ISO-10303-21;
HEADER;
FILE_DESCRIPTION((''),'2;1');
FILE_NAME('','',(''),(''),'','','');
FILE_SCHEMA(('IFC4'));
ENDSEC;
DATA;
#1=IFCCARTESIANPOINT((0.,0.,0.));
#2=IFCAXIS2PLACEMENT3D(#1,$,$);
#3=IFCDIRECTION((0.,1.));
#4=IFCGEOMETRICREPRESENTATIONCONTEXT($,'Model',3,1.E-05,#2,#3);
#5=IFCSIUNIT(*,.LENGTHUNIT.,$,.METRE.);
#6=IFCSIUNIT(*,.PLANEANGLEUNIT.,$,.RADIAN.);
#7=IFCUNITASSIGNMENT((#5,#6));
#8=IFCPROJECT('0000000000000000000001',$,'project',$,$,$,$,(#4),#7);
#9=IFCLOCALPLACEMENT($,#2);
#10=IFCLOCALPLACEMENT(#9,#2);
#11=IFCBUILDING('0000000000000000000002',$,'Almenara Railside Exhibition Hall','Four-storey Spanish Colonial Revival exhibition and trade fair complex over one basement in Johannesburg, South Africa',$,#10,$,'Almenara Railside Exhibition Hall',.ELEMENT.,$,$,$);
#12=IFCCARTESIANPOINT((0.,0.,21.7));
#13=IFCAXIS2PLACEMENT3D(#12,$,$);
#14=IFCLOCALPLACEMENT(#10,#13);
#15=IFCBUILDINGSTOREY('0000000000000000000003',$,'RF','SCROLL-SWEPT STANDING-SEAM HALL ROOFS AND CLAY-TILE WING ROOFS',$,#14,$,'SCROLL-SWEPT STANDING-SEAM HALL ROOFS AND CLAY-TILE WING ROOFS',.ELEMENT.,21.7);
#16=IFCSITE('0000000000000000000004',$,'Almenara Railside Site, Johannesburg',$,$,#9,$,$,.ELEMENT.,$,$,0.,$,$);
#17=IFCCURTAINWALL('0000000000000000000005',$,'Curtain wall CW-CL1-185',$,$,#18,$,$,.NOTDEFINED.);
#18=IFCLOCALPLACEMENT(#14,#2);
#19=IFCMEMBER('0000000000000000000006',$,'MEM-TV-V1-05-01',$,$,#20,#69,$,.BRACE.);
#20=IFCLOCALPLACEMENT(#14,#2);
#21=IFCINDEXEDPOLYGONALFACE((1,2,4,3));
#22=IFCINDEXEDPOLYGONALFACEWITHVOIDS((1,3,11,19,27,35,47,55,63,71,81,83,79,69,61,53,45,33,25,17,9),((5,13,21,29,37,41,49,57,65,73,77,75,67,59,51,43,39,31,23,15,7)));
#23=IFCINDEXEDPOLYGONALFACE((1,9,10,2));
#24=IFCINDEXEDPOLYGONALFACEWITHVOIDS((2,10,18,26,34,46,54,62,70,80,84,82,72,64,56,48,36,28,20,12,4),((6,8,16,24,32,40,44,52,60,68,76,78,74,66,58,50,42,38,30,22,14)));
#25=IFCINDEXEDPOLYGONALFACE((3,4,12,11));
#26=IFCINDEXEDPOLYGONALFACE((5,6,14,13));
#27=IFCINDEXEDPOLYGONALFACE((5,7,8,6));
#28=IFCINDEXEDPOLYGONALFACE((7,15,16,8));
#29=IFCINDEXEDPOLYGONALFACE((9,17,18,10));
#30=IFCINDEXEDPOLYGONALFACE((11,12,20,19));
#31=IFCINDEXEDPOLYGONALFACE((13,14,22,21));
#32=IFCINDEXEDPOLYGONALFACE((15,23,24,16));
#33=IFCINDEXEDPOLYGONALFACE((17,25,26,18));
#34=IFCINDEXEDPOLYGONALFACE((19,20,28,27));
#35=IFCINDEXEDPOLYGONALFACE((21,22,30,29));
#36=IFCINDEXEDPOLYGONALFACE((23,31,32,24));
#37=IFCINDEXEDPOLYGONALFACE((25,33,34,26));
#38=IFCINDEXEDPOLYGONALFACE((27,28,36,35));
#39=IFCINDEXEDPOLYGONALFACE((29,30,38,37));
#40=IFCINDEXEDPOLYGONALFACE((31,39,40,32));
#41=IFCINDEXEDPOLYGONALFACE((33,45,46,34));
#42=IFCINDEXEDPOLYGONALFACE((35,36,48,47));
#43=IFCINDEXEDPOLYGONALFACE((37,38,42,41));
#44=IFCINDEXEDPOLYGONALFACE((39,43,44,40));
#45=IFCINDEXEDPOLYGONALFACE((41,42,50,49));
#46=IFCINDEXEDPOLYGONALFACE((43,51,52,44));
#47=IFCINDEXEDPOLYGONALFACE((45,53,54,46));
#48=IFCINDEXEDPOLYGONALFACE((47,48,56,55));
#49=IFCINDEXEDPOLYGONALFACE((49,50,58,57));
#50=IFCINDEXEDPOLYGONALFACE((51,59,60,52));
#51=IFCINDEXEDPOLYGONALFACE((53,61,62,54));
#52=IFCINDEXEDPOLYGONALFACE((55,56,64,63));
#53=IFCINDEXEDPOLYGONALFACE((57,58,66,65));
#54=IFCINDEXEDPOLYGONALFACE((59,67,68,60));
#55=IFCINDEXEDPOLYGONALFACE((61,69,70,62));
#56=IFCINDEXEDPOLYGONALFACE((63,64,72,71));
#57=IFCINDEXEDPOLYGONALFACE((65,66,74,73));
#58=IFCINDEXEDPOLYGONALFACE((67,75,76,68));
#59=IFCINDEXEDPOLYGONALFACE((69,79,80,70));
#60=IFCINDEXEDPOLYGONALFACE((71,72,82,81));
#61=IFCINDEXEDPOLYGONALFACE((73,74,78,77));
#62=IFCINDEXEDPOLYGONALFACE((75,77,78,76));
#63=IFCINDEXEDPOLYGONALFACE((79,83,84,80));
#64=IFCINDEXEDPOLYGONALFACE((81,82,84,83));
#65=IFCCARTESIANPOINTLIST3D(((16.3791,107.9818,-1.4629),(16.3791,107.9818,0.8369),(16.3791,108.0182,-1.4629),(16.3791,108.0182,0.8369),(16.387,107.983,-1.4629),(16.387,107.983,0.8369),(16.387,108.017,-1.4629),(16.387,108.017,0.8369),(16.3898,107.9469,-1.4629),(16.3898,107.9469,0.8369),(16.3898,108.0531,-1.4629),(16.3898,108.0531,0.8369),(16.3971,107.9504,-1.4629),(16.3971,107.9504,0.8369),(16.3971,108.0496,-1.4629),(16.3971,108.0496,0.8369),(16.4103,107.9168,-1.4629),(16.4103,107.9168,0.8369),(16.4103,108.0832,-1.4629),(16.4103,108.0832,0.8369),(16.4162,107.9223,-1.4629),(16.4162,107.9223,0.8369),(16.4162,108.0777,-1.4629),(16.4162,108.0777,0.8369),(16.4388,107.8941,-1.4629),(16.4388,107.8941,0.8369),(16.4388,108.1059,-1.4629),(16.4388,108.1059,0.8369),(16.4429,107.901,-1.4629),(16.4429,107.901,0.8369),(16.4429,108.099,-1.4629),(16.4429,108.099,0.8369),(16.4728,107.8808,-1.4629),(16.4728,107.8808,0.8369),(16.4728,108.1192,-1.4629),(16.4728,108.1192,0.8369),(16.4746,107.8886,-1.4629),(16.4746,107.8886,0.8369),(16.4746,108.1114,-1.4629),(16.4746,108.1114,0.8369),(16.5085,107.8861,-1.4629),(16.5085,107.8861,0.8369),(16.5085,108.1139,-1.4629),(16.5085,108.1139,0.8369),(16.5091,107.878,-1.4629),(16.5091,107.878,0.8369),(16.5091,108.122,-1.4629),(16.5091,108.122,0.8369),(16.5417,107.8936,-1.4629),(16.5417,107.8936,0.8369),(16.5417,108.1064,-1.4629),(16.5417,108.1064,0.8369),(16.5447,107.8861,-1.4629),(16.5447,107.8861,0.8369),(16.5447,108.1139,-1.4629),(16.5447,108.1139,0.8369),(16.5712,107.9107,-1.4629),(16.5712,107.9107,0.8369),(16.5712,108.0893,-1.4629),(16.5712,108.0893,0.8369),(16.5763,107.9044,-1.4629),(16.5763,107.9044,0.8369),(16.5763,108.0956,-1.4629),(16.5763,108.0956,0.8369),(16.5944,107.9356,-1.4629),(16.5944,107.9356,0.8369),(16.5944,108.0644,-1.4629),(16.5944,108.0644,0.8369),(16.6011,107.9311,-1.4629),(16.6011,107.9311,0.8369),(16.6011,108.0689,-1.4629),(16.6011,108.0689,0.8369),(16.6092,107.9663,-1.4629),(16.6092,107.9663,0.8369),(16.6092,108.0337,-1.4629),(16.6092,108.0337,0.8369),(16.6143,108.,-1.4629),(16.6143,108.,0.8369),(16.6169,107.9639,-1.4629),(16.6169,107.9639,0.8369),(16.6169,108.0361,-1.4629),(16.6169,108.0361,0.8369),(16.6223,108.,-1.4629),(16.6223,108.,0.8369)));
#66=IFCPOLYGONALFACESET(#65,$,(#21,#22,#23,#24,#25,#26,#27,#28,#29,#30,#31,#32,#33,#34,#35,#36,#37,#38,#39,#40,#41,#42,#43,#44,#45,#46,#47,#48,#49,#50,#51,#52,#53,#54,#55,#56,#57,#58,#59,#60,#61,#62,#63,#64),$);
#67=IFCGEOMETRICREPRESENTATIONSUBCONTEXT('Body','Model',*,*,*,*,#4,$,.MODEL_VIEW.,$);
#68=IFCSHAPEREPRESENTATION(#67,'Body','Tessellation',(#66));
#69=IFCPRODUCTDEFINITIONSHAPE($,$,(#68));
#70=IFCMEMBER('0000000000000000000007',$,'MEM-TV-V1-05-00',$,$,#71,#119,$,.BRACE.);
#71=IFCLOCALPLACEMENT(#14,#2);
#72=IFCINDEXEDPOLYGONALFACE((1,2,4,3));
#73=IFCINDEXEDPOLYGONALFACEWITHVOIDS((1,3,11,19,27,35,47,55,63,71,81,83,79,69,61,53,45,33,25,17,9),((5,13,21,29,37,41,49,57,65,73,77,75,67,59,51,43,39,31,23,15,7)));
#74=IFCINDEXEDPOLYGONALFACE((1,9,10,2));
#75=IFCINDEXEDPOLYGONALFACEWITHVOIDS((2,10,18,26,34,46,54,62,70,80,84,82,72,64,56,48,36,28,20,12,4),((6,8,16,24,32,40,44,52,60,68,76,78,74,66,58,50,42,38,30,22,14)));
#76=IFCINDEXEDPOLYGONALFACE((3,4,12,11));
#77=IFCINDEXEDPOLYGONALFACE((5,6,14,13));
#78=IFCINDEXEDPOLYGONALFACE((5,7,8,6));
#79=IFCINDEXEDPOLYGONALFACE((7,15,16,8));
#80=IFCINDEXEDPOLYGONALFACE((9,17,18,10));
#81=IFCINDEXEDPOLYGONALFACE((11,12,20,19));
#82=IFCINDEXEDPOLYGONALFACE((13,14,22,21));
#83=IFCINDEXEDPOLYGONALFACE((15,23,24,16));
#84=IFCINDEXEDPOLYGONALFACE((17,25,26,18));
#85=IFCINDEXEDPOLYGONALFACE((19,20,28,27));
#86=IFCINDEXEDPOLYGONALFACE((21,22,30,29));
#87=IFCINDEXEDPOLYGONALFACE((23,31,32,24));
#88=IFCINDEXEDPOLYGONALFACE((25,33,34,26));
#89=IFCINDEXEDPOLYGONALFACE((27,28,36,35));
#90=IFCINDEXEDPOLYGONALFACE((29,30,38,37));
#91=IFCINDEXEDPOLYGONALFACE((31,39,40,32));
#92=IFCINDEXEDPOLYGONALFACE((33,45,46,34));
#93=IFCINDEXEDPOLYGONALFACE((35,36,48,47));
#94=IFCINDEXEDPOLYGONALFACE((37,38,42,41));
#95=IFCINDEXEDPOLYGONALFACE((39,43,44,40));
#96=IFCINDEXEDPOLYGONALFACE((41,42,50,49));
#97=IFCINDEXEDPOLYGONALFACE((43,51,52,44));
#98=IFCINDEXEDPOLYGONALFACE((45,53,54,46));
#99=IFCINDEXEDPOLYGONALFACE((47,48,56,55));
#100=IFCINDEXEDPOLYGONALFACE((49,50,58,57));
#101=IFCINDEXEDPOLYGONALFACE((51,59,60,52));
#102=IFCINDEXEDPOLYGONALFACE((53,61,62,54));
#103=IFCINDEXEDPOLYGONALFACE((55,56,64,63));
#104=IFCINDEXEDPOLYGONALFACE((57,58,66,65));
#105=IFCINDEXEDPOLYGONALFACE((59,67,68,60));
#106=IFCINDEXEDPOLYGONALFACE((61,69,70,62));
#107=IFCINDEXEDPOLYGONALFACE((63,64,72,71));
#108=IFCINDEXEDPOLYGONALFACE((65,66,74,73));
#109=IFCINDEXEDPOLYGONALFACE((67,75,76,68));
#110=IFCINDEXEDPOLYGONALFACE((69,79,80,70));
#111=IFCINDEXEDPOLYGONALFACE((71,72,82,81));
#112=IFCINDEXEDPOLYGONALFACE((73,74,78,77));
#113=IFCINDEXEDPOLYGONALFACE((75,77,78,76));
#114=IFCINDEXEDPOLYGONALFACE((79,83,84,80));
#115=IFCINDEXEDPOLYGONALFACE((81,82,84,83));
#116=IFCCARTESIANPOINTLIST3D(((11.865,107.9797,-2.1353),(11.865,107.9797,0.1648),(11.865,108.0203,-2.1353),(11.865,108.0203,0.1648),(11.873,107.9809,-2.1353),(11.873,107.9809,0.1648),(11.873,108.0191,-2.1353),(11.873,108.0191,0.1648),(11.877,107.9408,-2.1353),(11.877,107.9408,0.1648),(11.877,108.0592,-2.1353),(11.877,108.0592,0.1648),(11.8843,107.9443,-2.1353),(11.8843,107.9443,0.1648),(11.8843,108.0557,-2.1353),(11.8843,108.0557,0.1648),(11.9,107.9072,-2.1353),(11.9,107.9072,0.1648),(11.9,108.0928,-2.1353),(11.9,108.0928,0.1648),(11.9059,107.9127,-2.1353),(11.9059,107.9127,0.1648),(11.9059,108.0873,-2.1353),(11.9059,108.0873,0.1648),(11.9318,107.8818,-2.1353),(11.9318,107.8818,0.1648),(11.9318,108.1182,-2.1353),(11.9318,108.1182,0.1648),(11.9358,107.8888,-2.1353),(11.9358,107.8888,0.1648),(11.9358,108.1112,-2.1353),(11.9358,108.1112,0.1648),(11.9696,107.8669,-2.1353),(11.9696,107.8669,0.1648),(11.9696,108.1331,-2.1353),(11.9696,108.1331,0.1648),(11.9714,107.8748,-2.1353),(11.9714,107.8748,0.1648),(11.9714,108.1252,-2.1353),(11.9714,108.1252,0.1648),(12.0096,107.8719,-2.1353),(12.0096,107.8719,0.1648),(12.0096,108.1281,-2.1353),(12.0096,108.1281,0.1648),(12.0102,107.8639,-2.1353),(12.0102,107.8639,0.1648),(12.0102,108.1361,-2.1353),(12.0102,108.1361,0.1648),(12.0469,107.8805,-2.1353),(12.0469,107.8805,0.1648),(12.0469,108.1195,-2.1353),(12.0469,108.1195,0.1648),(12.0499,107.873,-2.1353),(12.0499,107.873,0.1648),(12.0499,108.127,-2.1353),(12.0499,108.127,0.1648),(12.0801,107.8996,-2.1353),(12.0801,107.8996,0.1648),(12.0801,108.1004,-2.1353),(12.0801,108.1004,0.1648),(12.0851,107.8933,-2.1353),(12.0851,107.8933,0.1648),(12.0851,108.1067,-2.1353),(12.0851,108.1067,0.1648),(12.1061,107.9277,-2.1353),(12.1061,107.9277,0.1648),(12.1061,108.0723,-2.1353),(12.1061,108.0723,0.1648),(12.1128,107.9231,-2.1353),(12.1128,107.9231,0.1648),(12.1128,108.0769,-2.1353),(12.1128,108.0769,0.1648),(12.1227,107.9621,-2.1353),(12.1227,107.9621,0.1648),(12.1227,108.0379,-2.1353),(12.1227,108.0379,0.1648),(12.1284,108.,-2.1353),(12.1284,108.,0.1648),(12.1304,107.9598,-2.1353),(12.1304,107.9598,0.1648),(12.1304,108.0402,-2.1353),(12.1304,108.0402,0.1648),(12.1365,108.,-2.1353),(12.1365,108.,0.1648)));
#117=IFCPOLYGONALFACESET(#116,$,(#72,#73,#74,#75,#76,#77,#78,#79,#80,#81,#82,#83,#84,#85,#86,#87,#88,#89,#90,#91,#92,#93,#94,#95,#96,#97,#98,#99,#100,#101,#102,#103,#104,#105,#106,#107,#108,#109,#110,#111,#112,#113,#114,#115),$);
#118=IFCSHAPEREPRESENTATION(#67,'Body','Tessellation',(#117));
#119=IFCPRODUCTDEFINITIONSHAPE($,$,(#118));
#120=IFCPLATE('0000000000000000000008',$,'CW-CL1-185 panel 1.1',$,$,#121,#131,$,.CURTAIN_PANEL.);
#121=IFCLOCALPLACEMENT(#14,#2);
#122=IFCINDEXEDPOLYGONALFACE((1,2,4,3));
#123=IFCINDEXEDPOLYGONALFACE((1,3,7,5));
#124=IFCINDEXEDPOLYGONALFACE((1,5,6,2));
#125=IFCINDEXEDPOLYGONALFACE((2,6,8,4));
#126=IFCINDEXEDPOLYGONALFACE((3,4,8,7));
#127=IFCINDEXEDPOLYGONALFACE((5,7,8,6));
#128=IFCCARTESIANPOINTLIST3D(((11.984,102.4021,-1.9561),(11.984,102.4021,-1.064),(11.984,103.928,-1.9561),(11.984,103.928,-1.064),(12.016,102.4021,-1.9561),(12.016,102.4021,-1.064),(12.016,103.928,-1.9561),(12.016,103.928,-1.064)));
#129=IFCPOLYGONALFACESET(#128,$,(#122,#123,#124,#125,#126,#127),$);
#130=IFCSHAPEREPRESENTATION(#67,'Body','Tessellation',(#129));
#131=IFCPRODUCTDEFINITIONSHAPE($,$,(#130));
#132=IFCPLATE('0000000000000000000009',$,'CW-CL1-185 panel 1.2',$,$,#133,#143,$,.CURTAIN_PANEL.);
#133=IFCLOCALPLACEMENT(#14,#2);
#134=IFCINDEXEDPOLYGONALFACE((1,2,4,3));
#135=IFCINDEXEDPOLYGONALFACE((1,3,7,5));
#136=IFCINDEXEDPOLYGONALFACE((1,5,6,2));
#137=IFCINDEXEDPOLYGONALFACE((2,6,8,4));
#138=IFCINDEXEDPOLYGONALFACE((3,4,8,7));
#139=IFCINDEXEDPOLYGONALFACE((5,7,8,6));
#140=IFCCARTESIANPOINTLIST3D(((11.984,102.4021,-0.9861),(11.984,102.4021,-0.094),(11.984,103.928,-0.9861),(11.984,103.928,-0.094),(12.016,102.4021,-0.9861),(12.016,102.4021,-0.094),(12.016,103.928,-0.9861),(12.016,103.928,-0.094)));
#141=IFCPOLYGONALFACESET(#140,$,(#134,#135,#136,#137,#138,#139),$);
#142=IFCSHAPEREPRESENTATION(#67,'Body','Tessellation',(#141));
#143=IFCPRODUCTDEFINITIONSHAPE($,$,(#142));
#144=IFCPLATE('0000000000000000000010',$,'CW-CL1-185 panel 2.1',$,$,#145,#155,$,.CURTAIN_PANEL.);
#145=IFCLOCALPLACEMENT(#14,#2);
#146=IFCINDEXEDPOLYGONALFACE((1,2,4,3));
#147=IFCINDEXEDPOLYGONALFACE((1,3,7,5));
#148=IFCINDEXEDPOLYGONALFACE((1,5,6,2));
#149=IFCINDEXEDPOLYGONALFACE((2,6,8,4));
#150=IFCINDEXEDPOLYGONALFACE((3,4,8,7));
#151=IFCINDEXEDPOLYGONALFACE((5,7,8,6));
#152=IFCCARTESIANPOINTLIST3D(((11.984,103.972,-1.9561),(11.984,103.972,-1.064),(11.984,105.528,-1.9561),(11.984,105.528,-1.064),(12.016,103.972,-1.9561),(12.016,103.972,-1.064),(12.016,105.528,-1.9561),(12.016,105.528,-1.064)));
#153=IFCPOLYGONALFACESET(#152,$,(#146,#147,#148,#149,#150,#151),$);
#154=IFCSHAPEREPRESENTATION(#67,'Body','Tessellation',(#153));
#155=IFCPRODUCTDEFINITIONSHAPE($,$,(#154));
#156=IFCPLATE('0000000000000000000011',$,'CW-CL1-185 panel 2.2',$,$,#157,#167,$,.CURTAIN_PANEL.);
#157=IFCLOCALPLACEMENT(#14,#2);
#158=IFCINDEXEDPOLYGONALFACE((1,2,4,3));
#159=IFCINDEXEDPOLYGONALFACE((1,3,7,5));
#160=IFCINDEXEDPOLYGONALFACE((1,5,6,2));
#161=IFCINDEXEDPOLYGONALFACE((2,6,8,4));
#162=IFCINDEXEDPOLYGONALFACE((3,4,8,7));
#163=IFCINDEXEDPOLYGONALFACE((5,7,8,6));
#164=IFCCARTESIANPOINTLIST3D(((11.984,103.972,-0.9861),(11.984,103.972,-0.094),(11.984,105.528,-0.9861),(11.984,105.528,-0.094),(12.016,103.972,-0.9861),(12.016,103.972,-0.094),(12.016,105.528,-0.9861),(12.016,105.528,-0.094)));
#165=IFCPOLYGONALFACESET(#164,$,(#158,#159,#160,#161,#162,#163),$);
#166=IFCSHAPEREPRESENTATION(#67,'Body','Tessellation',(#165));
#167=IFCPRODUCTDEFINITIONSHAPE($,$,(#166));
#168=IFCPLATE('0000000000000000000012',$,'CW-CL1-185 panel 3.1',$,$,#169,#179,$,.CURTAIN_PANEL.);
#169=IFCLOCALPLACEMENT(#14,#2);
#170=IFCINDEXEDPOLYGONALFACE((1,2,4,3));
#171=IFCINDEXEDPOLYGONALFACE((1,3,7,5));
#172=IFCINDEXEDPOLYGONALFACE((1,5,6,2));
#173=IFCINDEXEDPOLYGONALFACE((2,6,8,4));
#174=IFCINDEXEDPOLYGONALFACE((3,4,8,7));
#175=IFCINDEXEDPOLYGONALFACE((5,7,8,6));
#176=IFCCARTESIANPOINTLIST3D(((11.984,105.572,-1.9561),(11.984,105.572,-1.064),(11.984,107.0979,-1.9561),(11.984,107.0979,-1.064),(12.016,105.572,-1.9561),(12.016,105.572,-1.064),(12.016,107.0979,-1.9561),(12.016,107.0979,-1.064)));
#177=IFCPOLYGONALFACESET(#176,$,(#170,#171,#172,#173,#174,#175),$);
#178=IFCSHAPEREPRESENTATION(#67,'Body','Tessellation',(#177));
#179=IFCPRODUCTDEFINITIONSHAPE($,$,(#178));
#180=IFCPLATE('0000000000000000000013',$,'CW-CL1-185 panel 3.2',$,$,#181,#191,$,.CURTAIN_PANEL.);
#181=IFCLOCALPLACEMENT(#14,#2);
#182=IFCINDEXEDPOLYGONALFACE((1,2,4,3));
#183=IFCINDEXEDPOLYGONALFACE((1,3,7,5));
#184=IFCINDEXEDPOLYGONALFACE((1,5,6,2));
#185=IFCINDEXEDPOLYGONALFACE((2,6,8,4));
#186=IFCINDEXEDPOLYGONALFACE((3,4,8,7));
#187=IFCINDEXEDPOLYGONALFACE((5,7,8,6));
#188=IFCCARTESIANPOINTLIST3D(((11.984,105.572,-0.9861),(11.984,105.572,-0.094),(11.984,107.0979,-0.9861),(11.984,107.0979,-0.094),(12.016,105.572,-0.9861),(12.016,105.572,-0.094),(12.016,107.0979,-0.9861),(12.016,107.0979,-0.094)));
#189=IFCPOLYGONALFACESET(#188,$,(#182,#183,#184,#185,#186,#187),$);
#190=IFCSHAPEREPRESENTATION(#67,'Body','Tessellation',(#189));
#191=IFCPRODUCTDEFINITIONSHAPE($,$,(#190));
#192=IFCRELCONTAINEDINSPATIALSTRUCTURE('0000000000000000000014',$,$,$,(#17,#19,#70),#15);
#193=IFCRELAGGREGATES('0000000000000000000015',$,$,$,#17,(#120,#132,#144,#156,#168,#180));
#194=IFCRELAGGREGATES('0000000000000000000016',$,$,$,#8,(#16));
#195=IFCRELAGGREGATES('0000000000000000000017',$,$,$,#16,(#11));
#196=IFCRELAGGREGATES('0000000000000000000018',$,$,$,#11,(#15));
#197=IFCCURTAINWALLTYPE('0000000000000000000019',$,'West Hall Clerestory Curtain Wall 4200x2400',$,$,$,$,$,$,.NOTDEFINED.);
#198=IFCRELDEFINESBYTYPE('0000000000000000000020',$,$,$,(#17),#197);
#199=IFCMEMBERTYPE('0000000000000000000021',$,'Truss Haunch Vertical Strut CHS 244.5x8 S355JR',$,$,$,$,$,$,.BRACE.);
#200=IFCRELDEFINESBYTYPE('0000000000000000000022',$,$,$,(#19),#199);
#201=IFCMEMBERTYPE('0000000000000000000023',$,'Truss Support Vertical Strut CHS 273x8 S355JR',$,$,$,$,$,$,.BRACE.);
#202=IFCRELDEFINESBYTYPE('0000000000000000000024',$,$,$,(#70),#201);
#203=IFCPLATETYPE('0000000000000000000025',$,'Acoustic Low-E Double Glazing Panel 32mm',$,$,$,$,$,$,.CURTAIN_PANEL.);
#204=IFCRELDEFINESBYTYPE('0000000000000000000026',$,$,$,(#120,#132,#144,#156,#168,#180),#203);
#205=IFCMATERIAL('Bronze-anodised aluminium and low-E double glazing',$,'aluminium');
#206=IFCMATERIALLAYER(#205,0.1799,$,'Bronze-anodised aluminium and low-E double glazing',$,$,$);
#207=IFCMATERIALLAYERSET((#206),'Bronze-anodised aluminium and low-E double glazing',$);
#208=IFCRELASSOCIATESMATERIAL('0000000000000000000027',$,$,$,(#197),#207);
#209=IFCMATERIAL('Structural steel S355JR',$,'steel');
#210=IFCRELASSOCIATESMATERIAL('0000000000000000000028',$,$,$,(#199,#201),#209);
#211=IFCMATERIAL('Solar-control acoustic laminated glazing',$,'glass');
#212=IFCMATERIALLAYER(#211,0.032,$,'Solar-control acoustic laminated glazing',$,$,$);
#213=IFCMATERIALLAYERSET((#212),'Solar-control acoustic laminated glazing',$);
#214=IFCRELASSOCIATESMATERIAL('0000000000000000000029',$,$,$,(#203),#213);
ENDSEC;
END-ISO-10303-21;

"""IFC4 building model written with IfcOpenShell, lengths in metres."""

from ifc_helpers import new_model, si_unit, direction, frame, origin, origin_2d, place, context, subcontext, project, spatial, rectangle, hollow_circle, extrude, material, layer, layer_set, material_profile, profile_set, type_object, element, aggregate, save


model = new_model("IFC4")

# Units and contexts
model_context = context("Model", 3, precision=1e-05, world=origin(), true_north=direction((0.0, 1.0)))
body_context = subcontext(model_context, "Body", "Model", "MODEL_VIEW")
ifc_project = project(units=[si_unit("LENGTHUNIT", "METRE"), si_unit("PLANEANGLEUNIT", "RADIAN")], contexts=[model_context])

# Site, building, storey
site_placement = place(None, origin())
site = spatial("IfcSite", under=ifc_project, at=site_placement, Name="Almenara Railside Site, Johannesburg", CompositionType="ELEMENT", RefElevation=0.0)
building_placement = place(site_placement, origin())
building = spatial("IfcBuilding", under=site, at=building_placement, Name="Almenara Railside Exhibition Hall", Description="Four-storey Spanish Colonial Revival exhibition and trade fair complex over one basement in Johannesburg, South Africa", LongName="Almenara Railside Exhibition Hall", CompositionType="ELEMENT")
storey_placement = place(building_placement, frame((0.0, 0.0, 21.7)))
storey = spatial("IfcBuildingStorey", under=building, at=storey_placement, Name="RF", Description="SCROLL-SWEPT STANDING-SEAM HALL ROOFS AND CLAY-TILE WING ROOFS", LongName="SCROLL-SWEPT STANDING-SEAM HALL ROOFS AND CLAY-TILE WING ROOFS", CompositionType="ELEMENT", Elevation=21.7)

# Shared definitions
ifc_material_1 = material(Name="Structural steel S355JR", Category="steel")

# Curtain wall
ifc_material_2 = material(Name="Bronze-anodised aluminium and low-E double glazing", Category="aluminium")
ifc_layer_1 = layer(ifc_material_2, 0.1799, Name="Bronze-anodised aluminium and low-E double glazing")
ifc_layer_set_1 = layer_set([ifc_layer_1], Name="Bronze-anodised aluminium and low-E double glazing")
curtain_wall_type = type_object("IfcCurtainWallType", Name="West Hall Clerestory Curtain Wall 4200x2400", PredefinedType="NOTDEFINED", material=ifc_layer_set_1)
curtain_wall_placement = place(storey_placement, origin())
curtain_wall = element("IfcCurtainWall", 1, at=curtain_wall_placement, inside=storey, type_object=curtain_wall_type, Name="Curtain wall CW-CL1-185", PredefinedType="NOTDEFINED")

# Members
ifc_material_profile_1 = material_profile(ifc_material_1, hollow_circle(Radius=0.1223, WallThickness=0.0081, at=origin_2d()), Name="CHS 244.5x8")
ifc_profile_set_1 = profile_set([ifc_material_profile_1], Name="Structural steel S355JR")
member_type_1 = type_object("IfcMemberType", Name="Truss Haunch Vertical Strut CHS 244.5x8 S355JR", PredefinedType="BRACE", material=ifc_profile_set_1)
member_1_placement = place(storey_placement, frame((16.5, 108.0, -1.4629), z_axis=(0.0, 0.0, 1.0), x_axis=(1.0, 0.0, 0.0)))
element("IfcMember", 2, at=member_1_placement, inside=storey, type_object=member_type_1, Name="MEM-TV-V1-05-01", PredefinedType="BRACE", context=body_context, shape_type="SweptSolid", body=[
    extrude(hollow_circle(Radius=0.1223, WallThickness=0.0081, at=origin_2d()), origin(), (0.0, 0.0, 1.0), 2.2998),
])
ifc_material_profile_2 = material_profile(ifc_material_1, hollow_circle(Radius=0.1365, WallThickness=0.0081, at=origin_2d()), Name="CHS 273x8")
ifc_profile_set_2 = profile_set([ifc_material_profile_2], Name="Structural steel S355JR")
member_type_2 = type_object("IfcMemberType", Name="Truss Support Vertical Strut CHS 273x8 S355JR", PredefinedType="BRACE", material=ifc_profile_set_2)
member_2_placement = place(storey_placement, frame((12.0, 108.0, -2.1353), z_axis=(0.0, 0.0, 1.0), x_axis=(1.0, 0.0, 0.0)))
element("IfcMember", 3, at=member_2_placement, inside=storey, type_object=member_type_2, Name="MEM-TV-V1-05-00", PredefinedType="BRACE", context=body_context, shape_type="SweptSolid", body=[
    extrude(hollow_circle(Radius=0.1365, WallThickness=0.0081, at=origin_2d()), origin(), (0.0, 0.0, 1.0), 2.3),
])

# Plates
ifc_material_3 = material(Name="Solar-control acoustic laminated glazing", Category="glass")
ifc_layer_2 = layer(ifc_material_3, 0.032, Name="Solar-control acoustic laminated glazing")
ifc_layer_set_2 = layer_set([ifc_layer_2], Name="Solar-control acoustic laminated glazing")
plate_type_1 = type_object("IfcPlateType", Name="Acoustic Low-E Double Glazing Panel 32mm", PredefinedType="CURTAIN_PANEL", material=ifc_layer_set_2)
plate_1_placement = place(storey_placement, frame((12.0, 103.165, -1.9561), z_axis=(0.0, 0.0, 1.0), x_axis=(0.0, 1.0, 0.0)))
plate_1 = element("IfcPlate", 4, at=plate_1_placement, type_object=plate_type_1, Name="CW-CL1-185 panel 1.1", PredefinedType="CURTAIN_PANEL", context=body_context, shape_type="SweptSolid", body=[
    extrude(rectangle(XDim=1.5259, YDim=0.032, at=origin_2d()), origin(), (0.0, 0.0, 1.0), 0.8921),
])
plate_2_placement = place(storey_placement, frame((12.0, 103.165, -0.9861), z_axis=(0.0, 0.0, 1.0), x_axis=(0.0, 1.0, 0.0)))
plate_2 = element("IfcPlate", 5, at=plate_2_placement, type_object=plate_type_1, Name="CW-CL1-185 panel 1.2", PredefinedType="CURTAIN_PANEL", context=body_context, shape_type="SweptSolid", body=[
    extrude(rectangle(XDim=1.5259, YDim=0.032, at=origin_2d()), origin(), (0.0, 0.0, 1.0), 0.8921),
])
plate_3_placement = place(storey_placement, frame((12.0, 104.75, -1.9561), z_axis=(0.0, 0.0, 1.0), x_axis=(0.0, 1.0, 0.0)))
plate_3 = element("IfcPlate", 6, at=plate_3_placement, type_object=plate_type_1, Name="CW-CL1-185 panel 2.1", PredefinedType="CURTAIN_PANEL", context=body_context, shape_type="SweptSolid", body=[
    extrude(rectangle(XDim=1.5559, YDim=0.032, at=origin_2d()), origin(), (0.0, 0.0, 1.0), 0.8921),
])
plate_4_placement = place(storey_placement, frame((12.0, 104.75, -0.9861), z_axis=(0.0, 0.0, 1.0), x_axis=(0.0, 1.0, 0.0)))
plate_4 = element("IfcPlate", 7, at=plate_4_placement, type_object=plate_type_1, Name="CW-CL1-185 panel 2.2", PredefinedType="CURTAIN_PANEL", context=body_context, shape_type="SweptSolid", body=[
    extrude(rectangle(XDim=1.5559, YDim=0.032, at=origin_2d()), origin(), (0.0, 0.0, 1.0), 0.8921),
])
plate_5_placement = place(storey_placement, frame((12.0, 106.335, -1.9561), z_axis=(0.0, 0.0, 1.0), x_axis=(0.0, 1.0, 0.0)))
plate_5 = element("IfcPlate", 8, at=plate_5_placement, type_object=plate_type_1, Name="CW-CL1-185 panel 3.1", PredefinedType="CURTAIN_PANEL", context=body_context, shape_type="SweptSolid", body=[
    extrude(rectangle(XDim=1.5259, YDim=0.032, at=origin_2d()), origin(), (0.0, 0.0, 1.0), 0.8921),
])
plate_6_placement = place(storey_placement, frame((12.0, 106.335, -0.9861), z_axis=(0.0, 0.0, 1.0), x_axis=(0.0, 1.0, 0.0)))
plate_6 = element("IfcPlate", 9, at=plate_6_placement, type_object=plate_type_1, Name="CW-CL1-185 panel 3.2", PredefinedType="CURTAIN_PANEL", context=body_context, shape_type="SweptSolid", body=[
    extrude(rectangle(XDim=1.5259, YDim=0.032, at=origin_2d()), origin(), (0.0, 0.0, 1.0), 0.8921),
])
aggregate(curtain_wall, [plate_1, plate_2, plate_3, plate_4, plate_5, plate_6])

save(model, "model.ifc")
